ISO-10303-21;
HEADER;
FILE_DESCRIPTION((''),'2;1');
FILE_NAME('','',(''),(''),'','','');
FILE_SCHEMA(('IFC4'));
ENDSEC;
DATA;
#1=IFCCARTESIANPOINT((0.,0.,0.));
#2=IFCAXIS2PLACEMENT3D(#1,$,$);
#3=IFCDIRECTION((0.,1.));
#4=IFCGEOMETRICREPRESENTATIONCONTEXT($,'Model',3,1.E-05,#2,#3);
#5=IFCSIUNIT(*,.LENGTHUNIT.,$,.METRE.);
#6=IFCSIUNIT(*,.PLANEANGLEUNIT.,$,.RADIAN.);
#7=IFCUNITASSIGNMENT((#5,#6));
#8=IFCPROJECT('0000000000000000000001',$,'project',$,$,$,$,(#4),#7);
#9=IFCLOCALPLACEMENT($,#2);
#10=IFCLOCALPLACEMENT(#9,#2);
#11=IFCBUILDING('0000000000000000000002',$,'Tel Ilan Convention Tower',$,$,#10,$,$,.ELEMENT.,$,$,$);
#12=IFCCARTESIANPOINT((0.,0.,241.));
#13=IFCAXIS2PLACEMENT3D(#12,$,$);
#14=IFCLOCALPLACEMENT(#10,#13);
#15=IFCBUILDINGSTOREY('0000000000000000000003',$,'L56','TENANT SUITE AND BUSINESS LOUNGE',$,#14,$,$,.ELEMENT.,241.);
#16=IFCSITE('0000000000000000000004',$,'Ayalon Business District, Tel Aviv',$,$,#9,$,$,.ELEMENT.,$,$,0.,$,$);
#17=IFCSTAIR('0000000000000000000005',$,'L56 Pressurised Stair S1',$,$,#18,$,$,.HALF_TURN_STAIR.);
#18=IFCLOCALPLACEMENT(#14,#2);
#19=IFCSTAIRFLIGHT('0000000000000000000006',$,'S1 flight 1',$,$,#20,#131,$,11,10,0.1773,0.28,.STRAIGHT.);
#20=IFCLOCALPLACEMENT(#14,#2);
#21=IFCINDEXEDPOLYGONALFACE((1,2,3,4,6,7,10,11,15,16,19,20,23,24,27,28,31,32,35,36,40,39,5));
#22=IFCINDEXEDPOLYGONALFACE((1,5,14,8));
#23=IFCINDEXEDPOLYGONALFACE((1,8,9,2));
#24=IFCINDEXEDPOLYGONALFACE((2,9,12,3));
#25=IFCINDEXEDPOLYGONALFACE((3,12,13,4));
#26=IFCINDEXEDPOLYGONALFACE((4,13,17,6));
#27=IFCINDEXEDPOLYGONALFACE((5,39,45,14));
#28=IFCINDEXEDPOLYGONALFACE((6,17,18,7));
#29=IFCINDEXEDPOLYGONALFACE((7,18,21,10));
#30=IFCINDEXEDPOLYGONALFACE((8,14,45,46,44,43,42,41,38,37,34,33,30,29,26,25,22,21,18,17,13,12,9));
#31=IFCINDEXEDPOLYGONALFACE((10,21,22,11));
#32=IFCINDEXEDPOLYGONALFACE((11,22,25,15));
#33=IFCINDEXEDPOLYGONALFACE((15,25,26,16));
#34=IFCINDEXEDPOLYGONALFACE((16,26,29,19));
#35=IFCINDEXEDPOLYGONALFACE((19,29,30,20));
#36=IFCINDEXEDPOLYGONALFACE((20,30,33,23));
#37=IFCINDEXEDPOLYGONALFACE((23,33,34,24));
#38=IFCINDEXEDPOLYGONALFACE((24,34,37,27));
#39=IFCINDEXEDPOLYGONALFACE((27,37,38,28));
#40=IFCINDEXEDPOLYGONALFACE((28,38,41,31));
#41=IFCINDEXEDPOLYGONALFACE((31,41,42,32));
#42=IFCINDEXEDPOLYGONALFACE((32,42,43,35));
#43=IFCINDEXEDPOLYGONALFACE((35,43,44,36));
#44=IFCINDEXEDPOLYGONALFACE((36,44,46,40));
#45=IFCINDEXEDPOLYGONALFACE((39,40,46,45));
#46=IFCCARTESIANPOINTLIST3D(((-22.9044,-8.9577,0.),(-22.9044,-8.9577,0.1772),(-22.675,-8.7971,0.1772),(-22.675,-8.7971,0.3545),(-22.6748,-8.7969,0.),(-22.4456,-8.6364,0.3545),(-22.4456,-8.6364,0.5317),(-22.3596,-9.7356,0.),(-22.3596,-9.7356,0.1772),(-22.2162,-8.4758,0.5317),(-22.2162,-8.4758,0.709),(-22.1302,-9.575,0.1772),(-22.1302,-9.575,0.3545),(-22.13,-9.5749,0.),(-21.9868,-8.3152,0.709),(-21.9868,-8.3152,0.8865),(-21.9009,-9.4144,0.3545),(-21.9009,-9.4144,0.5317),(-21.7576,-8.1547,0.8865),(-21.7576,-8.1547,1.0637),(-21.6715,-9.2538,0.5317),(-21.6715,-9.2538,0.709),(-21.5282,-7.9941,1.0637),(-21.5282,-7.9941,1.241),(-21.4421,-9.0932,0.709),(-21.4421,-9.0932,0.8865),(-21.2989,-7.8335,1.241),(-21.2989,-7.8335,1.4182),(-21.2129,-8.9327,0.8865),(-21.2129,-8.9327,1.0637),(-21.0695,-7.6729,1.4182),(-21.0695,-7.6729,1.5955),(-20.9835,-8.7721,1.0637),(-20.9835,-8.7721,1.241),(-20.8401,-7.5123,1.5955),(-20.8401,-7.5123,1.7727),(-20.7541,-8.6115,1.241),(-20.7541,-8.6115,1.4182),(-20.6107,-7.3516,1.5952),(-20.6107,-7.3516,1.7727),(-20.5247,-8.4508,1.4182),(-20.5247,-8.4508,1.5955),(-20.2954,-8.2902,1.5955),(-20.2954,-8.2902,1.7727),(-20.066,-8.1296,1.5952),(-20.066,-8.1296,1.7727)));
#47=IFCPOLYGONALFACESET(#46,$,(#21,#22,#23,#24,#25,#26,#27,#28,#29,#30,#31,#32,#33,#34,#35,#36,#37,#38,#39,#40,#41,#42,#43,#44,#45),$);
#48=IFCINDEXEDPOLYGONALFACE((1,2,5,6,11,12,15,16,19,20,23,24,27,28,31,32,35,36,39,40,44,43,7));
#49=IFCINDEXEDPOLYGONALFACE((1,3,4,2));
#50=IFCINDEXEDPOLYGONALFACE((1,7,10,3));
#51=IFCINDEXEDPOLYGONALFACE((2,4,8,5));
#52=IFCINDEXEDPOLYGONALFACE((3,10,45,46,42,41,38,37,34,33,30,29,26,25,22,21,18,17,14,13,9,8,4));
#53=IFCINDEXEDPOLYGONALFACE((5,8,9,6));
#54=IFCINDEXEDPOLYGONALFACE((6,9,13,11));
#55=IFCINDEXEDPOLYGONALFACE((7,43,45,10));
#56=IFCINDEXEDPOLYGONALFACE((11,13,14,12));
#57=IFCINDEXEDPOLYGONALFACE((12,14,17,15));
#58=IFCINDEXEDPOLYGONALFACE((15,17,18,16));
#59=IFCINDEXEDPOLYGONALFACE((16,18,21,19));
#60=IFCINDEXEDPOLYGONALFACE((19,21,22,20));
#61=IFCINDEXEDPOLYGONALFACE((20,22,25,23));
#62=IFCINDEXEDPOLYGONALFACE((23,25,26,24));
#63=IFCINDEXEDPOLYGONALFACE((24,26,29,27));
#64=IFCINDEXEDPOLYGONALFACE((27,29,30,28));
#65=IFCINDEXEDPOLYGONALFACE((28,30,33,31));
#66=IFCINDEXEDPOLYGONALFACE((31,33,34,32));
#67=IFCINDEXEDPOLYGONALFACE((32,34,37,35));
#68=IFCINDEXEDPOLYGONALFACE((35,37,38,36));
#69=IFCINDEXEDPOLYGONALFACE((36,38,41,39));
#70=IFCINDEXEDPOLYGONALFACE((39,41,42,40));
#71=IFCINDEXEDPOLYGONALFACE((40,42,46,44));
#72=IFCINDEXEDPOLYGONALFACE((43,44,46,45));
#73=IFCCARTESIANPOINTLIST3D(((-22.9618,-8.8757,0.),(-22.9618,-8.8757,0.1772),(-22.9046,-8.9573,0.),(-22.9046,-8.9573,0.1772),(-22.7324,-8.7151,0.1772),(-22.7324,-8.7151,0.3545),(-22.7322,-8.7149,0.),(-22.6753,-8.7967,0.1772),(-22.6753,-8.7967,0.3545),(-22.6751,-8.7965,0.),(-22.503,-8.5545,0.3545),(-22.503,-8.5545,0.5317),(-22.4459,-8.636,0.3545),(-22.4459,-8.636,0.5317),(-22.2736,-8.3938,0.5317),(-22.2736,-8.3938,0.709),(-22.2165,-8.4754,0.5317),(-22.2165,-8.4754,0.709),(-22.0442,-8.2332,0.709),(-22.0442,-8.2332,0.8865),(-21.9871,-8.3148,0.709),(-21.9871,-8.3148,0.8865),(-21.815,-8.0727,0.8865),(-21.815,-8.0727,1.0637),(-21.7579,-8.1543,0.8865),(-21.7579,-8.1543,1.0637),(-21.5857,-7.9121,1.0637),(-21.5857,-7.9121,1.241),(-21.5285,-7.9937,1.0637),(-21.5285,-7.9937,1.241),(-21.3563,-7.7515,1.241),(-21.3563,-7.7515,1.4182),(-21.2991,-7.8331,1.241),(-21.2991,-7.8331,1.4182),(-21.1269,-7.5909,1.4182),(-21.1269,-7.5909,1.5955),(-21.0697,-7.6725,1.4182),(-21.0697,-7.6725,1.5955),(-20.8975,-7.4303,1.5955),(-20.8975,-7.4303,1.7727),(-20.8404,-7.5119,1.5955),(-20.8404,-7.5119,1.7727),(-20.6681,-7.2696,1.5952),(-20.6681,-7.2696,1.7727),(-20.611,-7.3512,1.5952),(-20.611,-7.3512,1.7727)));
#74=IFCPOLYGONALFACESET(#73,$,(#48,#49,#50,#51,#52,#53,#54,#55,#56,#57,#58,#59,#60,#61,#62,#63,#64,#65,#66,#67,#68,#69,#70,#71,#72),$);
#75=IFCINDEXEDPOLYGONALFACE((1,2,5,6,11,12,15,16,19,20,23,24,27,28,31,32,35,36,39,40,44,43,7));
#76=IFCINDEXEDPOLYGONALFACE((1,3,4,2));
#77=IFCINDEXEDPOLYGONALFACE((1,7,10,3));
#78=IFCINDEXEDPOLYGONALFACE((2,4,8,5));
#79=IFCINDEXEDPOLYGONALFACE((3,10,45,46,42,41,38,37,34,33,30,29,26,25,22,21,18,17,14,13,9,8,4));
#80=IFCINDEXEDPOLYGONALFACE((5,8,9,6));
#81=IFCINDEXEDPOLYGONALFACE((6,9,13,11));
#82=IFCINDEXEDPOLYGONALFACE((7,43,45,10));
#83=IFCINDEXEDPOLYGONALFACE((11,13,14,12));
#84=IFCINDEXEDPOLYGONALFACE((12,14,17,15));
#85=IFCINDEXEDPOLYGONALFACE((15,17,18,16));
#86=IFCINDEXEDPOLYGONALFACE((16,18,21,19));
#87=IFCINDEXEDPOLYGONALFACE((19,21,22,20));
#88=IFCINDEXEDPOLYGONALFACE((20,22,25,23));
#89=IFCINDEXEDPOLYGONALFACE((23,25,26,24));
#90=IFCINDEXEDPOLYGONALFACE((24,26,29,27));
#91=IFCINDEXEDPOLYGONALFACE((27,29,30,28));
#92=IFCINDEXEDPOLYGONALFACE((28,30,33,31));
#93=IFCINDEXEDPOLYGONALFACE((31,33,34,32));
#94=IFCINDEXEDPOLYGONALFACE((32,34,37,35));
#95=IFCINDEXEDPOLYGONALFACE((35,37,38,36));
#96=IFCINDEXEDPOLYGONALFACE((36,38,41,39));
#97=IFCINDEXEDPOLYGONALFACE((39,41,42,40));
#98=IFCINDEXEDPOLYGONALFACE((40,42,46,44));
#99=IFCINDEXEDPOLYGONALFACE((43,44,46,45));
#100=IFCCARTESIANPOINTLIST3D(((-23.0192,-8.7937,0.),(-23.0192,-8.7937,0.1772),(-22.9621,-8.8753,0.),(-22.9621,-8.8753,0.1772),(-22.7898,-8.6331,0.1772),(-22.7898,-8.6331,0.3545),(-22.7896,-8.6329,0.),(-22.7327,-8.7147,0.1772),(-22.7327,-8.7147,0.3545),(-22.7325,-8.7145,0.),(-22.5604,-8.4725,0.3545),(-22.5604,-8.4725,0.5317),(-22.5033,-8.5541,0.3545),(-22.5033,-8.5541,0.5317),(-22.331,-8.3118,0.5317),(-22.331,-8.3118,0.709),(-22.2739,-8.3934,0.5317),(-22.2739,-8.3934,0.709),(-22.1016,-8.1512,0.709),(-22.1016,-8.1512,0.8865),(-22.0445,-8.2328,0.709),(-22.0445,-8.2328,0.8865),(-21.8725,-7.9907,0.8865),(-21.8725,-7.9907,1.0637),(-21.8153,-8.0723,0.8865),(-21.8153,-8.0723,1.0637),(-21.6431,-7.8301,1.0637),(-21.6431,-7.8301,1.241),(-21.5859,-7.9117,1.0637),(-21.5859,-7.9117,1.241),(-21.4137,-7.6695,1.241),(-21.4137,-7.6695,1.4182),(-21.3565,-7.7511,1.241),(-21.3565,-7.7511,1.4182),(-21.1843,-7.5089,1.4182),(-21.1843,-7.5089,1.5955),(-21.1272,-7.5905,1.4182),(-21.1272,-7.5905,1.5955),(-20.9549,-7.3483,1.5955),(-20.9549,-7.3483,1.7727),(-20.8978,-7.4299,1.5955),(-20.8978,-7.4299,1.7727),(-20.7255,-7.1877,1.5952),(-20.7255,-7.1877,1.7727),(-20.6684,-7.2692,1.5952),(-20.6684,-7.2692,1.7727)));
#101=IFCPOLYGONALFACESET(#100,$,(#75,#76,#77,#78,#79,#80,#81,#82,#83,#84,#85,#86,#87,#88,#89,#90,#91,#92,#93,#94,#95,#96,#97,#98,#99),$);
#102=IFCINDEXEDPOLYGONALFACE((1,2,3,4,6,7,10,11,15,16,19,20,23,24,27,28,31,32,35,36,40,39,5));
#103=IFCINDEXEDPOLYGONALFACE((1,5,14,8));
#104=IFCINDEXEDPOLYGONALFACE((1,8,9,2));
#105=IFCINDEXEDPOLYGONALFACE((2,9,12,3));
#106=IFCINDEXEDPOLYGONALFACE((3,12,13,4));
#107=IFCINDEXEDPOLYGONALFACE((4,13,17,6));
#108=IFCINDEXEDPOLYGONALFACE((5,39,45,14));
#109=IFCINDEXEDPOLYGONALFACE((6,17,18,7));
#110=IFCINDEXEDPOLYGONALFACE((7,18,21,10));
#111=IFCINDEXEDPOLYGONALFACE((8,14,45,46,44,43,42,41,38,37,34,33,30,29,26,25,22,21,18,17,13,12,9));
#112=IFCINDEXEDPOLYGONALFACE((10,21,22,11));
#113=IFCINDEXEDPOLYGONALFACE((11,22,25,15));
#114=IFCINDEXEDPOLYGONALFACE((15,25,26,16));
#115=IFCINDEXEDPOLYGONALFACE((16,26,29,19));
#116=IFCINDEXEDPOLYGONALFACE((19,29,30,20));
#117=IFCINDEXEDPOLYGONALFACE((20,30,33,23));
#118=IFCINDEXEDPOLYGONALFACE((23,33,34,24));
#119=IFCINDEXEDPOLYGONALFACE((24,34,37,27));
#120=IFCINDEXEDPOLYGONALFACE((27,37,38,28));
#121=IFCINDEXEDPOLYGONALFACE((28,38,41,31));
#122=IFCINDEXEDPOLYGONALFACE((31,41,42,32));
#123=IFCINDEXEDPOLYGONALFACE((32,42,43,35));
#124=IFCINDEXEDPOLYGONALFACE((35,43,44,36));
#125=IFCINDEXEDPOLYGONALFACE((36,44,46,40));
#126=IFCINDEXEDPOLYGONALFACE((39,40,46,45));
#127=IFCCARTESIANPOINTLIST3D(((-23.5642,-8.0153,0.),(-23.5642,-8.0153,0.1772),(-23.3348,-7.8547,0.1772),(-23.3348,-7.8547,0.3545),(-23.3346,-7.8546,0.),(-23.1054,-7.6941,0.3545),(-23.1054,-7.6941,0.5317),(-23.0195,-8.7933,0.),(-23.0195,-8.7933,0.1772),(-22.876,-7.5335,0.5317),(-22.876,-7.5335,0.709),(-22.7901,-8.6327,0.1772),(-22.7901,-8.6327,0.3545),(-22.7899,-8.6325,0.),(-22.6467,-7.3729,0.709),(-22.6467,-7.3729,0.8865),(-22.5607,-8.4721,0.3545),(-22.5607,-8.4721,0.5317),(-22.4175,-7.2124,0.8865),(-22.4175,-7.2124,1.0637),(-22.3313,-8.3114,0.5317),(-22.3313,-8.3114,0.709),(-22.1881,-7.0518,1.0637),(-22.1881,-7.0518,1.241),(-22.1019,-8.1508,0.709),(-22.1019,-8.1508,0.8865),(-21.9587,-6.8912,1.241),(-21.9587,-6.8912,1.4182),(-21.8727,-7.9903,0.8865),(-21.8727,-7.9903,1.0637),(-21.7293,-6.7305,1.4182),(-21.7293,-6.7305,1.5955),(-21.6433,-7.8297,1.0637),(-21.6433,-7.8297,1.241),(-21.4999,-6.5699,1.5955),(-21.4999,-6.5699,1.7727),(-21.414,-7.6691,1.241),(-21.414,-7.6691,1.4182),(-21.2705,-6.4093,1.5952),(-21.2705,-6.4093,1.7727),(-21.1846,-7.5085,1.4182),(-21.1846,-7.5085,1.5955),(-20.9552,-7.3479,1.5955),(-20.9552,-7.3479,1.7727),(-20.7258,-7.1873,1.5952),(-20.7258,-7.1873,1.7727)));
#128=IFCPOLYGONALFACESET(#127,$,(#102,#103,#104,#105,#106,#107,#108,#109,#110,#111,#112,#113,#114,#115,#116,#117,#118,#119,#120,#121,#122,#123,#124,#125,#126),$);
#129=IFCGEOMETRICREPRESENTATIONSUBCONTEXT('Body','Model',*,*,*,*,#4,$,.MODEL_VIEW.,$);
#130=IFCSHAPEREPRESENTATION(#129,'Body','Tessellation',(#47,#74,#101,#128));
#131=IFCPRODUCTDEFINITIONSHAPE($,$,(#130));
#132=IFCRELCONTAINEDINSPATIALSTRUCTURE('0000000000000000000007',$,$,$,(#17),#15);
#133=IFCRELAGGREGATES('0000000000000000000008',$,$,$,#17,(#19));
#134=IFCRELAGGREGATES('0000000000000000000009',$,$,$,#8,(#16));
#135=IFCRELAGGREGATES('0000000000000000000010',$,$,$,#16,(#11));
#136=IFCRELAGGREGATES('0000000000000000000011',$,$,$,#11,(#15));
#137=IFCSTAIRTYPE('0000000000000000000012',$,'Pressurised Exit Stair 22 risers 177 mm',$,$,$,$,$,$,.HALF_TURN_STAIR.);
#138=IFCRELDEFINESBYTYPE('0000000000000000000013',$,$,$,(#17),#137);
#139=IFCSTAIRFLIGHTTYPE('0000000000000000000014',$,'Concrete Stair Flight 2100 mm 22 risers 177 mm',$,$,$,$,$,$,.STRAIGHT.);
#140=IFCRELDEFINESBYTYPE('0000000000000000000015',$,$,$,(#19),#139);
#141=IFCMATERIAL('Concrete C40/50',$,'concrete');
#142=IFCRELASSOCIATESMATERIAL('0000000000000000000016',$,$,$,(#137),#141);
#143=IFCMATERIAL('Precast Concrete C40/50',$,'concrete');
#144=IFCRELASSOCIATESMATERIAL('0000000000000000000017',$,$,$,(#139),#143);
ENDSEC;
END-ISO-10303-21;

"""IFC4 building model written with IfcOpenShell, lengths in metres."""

from ifc_helpers import new_model, si_unit, direction, frame, origin, place, context, subcontext, project, spatial, polyline, outline, extrude, material, type_object, element, aggregate, save


model = new_model("IFC4")

# Units and contexts
model_context = context("Model", 3, precision=1e-05, world=origin(), true_north=direction((0.0, 1.0)))
body_context = subcontext(model_context, "Body", "Model", "MODEL_VIEW")
ifc_project = project(units=[si_unit("LENGTHUNIT", "METRE"), si_unit("PLANEANGLEUNIT", "RADIAN")], contexts=[model_context])

# Site, building, storey
site_placement = place(None, origin())
site = spatial("IfcSite", under=ifc_project, at=site_placement, Name="Ayalon Business District, Tel Aviv", CompositionType="ELEMENT", RefElevation=0.0)
building_placement = place(site_placement, origin())
building = spatial("IfcBuilding", under=site, at=building_placement, Name="Tel Ilan Convention Tower", CompositionType="ELEMENT")
storey_placement = place(building_placement, frame((0.0, 0.0, 241.0)))
storey = spatial("IfcBuildingStorey", under=building, at=storey_placement, Name="L56", Description="TENANT SUITE AND BUSINESS LOUNGE", CompositionType="ELEMENT", Elevation=241.0)

# Stair, stair flight
ifc_material_1 = material(Name="Concrete C40/50", Category="concrete")
stair_type = type_object("IfcStairType", Name="Pressurised Exit Stair 22 risers 177 mm", PredefinedType="HALF_TURN_STAIR", material=ifc_material_1)
stair_1_placement = place(storey_placement, origin())
stair_1 = element("IfcStair", 1, at=stair_1_placement, inside=storey, type_object=stair_type, Name="L56 Pressurised Stair S1", PredefinedType="HALF_TURN_STAIR")
ifc_material_2 = material(Name="Precast Concrete C40/50", Category="concrete")
stair_flight_type = type_object("IfcStairFlightType", Name="Concrete Stair Flight 2100 mm 22 risers 177 mm", PredefinedType="STRAIGHT", material=ifc_material_2)
stair_flight_1_placement = place(storey_placement, frame((-22.9619, -8.8755, 0.0), z_axis=(0.0, 0.0, 1.0), x_axis=(0.819152, 0.573576, 0.0)))
stair_flight_1 = element("IfcStairFlight", 2, at=stair_flight_1_placement, type_object=stair_flight_type, Name="S1 flight 1", NumberOfRisers=11, NumberOfTreads=10, PredefinedType="STRAIGHT", RiserHeight=0.1773, TreadLength=0.28, context=body_context, shape_type="SweptSolid", body=[
    extrude(outline(polyline([(0.0, 0.0), (0.0, 0.1772), (0.28, 0.1772), (0.28, 0.3545), (0.5601, 0.3545), (0.5601, 0.5317), (0.8401, 0.5317), (0.8401, 0.709), (1.1201, 0.709), (1.1201, 0.8865), (1.3999, 0.8865), (1.3999, 1.0637), (1.6799, 1.0637), (1.6799, 1.241), (1.96, 1.241), (1.96, 1.4182), (2.24, 1.4182), (2.24, 1.5955), (2.52, 1.5955), (2.52, 1.7727), (2.8, 1.7727), (2.8, 1.95), (2.8, 1.5952), (0.2803, 0.0), (0.0, 0.0)])), frame((0.0, -0.1003, 0.0), z_axis=(0.0, -1.0, 0.0), x_axis=(1.0, 0.0, 0.0)), (0.0, 0.0, 1.0), 0.9497),
    extrude(outline(polyline([(0.0, 0.0), (0.0, 0.1772), (0.28, 0.1772), (0.28, 0.3545), (0.5601, 0.3545), (0.5601, 0.5317), (0.8401, 0.5317), (0.8401, 0.709), (1.1201, 0.709), (1.1201, 0.8865), (1.3999, 0.8865), (1.3999, 1.0637), (1.6799, 1.0637), (1.6799, 1.241), (1.96, 1.241), (1.96, 1.4182), (2.24, 1.4182), (2.24, 1.5955), (2.52, 1.5955), (2.52, 1.7727), (2.8, 1.7727), (2.8, 1.95), (2.8, 1.5952), (0.2803, 0.0), (0.0, 0.0)])), frame((0.0, -0.0002, 0.0), z_axis=(0.0, -1.0, 0.0), x_axis=(1.0, 0.0, 0.0)), (0.0, 0.0, 1.0), 0.0996),
    extrude(outline(polyline([(0.0, 0.0), (0.0, 0.1772), (0.28, 0.1772), (0.28, 0.3545), (0.5601, 0.3545), (0.5601, 0.5317), (0.8401, 0.5317), (0.8401, 0.709), (1.1201, 0.709), (1.1201, 0.8865), (1.3999, 0.8865), (1.3999, 1.0637), (1.6799, 1.0637), (1.6799, 1.241), (1.96, 1.241), (1.96, 1.4182), (2.24, 1.4182), (2.24, 1.5955), (2.52, 1.5955), (2.52, 1.7727), (2.8, 1.7727), (2.8, 1.95), (2.8, 1.5952), (0.2803, 0.0), (0.0, 0.0)])), frame((0.0, 0.0999, 0.0), z_axis=(0.0, -1.0, 0.0), x_axis=(1.0, 0.0, 0.0)), (0.0, 0.0, 1.0), 0.0996),
    extrude(outline(polyline([(0.0, 0.0), (0.0, 0.1772), (0.28, 0.1772), (0.28, 0.3545), (0.5601, 0.3545), (0.5601, 0.5317), (0.8401, 0.5317), (0.8401, 0.709), (1.1201, 0.709), (1.1201, 0.8865), (1.3999, 0.8865), (1.3999, 1.0637), (1.6799, 1.0637), (1.6799, 1.241), (1.96, 1.241), (1.96, 1.4182), (2.24, 1.4182), (2.24, 1.5955), (2.52, 1.5955), (2.52, 1.7727), (2.8, 1.7727), (2.8, 1.95), (2.8, 1.5952), (0.2803, 0.0), (0.0, 0.0)])), frame((0.0, 1.05, 0.0), z_axis=(0.0, -1.0, 0.0), x_axis=(1.0, 0.0, 0.0)), (0.0, 0.0, 1.0), 0.9497),
])
aggregate(stair_1, [stair_flight_1])

save(model, "model.ifc")
